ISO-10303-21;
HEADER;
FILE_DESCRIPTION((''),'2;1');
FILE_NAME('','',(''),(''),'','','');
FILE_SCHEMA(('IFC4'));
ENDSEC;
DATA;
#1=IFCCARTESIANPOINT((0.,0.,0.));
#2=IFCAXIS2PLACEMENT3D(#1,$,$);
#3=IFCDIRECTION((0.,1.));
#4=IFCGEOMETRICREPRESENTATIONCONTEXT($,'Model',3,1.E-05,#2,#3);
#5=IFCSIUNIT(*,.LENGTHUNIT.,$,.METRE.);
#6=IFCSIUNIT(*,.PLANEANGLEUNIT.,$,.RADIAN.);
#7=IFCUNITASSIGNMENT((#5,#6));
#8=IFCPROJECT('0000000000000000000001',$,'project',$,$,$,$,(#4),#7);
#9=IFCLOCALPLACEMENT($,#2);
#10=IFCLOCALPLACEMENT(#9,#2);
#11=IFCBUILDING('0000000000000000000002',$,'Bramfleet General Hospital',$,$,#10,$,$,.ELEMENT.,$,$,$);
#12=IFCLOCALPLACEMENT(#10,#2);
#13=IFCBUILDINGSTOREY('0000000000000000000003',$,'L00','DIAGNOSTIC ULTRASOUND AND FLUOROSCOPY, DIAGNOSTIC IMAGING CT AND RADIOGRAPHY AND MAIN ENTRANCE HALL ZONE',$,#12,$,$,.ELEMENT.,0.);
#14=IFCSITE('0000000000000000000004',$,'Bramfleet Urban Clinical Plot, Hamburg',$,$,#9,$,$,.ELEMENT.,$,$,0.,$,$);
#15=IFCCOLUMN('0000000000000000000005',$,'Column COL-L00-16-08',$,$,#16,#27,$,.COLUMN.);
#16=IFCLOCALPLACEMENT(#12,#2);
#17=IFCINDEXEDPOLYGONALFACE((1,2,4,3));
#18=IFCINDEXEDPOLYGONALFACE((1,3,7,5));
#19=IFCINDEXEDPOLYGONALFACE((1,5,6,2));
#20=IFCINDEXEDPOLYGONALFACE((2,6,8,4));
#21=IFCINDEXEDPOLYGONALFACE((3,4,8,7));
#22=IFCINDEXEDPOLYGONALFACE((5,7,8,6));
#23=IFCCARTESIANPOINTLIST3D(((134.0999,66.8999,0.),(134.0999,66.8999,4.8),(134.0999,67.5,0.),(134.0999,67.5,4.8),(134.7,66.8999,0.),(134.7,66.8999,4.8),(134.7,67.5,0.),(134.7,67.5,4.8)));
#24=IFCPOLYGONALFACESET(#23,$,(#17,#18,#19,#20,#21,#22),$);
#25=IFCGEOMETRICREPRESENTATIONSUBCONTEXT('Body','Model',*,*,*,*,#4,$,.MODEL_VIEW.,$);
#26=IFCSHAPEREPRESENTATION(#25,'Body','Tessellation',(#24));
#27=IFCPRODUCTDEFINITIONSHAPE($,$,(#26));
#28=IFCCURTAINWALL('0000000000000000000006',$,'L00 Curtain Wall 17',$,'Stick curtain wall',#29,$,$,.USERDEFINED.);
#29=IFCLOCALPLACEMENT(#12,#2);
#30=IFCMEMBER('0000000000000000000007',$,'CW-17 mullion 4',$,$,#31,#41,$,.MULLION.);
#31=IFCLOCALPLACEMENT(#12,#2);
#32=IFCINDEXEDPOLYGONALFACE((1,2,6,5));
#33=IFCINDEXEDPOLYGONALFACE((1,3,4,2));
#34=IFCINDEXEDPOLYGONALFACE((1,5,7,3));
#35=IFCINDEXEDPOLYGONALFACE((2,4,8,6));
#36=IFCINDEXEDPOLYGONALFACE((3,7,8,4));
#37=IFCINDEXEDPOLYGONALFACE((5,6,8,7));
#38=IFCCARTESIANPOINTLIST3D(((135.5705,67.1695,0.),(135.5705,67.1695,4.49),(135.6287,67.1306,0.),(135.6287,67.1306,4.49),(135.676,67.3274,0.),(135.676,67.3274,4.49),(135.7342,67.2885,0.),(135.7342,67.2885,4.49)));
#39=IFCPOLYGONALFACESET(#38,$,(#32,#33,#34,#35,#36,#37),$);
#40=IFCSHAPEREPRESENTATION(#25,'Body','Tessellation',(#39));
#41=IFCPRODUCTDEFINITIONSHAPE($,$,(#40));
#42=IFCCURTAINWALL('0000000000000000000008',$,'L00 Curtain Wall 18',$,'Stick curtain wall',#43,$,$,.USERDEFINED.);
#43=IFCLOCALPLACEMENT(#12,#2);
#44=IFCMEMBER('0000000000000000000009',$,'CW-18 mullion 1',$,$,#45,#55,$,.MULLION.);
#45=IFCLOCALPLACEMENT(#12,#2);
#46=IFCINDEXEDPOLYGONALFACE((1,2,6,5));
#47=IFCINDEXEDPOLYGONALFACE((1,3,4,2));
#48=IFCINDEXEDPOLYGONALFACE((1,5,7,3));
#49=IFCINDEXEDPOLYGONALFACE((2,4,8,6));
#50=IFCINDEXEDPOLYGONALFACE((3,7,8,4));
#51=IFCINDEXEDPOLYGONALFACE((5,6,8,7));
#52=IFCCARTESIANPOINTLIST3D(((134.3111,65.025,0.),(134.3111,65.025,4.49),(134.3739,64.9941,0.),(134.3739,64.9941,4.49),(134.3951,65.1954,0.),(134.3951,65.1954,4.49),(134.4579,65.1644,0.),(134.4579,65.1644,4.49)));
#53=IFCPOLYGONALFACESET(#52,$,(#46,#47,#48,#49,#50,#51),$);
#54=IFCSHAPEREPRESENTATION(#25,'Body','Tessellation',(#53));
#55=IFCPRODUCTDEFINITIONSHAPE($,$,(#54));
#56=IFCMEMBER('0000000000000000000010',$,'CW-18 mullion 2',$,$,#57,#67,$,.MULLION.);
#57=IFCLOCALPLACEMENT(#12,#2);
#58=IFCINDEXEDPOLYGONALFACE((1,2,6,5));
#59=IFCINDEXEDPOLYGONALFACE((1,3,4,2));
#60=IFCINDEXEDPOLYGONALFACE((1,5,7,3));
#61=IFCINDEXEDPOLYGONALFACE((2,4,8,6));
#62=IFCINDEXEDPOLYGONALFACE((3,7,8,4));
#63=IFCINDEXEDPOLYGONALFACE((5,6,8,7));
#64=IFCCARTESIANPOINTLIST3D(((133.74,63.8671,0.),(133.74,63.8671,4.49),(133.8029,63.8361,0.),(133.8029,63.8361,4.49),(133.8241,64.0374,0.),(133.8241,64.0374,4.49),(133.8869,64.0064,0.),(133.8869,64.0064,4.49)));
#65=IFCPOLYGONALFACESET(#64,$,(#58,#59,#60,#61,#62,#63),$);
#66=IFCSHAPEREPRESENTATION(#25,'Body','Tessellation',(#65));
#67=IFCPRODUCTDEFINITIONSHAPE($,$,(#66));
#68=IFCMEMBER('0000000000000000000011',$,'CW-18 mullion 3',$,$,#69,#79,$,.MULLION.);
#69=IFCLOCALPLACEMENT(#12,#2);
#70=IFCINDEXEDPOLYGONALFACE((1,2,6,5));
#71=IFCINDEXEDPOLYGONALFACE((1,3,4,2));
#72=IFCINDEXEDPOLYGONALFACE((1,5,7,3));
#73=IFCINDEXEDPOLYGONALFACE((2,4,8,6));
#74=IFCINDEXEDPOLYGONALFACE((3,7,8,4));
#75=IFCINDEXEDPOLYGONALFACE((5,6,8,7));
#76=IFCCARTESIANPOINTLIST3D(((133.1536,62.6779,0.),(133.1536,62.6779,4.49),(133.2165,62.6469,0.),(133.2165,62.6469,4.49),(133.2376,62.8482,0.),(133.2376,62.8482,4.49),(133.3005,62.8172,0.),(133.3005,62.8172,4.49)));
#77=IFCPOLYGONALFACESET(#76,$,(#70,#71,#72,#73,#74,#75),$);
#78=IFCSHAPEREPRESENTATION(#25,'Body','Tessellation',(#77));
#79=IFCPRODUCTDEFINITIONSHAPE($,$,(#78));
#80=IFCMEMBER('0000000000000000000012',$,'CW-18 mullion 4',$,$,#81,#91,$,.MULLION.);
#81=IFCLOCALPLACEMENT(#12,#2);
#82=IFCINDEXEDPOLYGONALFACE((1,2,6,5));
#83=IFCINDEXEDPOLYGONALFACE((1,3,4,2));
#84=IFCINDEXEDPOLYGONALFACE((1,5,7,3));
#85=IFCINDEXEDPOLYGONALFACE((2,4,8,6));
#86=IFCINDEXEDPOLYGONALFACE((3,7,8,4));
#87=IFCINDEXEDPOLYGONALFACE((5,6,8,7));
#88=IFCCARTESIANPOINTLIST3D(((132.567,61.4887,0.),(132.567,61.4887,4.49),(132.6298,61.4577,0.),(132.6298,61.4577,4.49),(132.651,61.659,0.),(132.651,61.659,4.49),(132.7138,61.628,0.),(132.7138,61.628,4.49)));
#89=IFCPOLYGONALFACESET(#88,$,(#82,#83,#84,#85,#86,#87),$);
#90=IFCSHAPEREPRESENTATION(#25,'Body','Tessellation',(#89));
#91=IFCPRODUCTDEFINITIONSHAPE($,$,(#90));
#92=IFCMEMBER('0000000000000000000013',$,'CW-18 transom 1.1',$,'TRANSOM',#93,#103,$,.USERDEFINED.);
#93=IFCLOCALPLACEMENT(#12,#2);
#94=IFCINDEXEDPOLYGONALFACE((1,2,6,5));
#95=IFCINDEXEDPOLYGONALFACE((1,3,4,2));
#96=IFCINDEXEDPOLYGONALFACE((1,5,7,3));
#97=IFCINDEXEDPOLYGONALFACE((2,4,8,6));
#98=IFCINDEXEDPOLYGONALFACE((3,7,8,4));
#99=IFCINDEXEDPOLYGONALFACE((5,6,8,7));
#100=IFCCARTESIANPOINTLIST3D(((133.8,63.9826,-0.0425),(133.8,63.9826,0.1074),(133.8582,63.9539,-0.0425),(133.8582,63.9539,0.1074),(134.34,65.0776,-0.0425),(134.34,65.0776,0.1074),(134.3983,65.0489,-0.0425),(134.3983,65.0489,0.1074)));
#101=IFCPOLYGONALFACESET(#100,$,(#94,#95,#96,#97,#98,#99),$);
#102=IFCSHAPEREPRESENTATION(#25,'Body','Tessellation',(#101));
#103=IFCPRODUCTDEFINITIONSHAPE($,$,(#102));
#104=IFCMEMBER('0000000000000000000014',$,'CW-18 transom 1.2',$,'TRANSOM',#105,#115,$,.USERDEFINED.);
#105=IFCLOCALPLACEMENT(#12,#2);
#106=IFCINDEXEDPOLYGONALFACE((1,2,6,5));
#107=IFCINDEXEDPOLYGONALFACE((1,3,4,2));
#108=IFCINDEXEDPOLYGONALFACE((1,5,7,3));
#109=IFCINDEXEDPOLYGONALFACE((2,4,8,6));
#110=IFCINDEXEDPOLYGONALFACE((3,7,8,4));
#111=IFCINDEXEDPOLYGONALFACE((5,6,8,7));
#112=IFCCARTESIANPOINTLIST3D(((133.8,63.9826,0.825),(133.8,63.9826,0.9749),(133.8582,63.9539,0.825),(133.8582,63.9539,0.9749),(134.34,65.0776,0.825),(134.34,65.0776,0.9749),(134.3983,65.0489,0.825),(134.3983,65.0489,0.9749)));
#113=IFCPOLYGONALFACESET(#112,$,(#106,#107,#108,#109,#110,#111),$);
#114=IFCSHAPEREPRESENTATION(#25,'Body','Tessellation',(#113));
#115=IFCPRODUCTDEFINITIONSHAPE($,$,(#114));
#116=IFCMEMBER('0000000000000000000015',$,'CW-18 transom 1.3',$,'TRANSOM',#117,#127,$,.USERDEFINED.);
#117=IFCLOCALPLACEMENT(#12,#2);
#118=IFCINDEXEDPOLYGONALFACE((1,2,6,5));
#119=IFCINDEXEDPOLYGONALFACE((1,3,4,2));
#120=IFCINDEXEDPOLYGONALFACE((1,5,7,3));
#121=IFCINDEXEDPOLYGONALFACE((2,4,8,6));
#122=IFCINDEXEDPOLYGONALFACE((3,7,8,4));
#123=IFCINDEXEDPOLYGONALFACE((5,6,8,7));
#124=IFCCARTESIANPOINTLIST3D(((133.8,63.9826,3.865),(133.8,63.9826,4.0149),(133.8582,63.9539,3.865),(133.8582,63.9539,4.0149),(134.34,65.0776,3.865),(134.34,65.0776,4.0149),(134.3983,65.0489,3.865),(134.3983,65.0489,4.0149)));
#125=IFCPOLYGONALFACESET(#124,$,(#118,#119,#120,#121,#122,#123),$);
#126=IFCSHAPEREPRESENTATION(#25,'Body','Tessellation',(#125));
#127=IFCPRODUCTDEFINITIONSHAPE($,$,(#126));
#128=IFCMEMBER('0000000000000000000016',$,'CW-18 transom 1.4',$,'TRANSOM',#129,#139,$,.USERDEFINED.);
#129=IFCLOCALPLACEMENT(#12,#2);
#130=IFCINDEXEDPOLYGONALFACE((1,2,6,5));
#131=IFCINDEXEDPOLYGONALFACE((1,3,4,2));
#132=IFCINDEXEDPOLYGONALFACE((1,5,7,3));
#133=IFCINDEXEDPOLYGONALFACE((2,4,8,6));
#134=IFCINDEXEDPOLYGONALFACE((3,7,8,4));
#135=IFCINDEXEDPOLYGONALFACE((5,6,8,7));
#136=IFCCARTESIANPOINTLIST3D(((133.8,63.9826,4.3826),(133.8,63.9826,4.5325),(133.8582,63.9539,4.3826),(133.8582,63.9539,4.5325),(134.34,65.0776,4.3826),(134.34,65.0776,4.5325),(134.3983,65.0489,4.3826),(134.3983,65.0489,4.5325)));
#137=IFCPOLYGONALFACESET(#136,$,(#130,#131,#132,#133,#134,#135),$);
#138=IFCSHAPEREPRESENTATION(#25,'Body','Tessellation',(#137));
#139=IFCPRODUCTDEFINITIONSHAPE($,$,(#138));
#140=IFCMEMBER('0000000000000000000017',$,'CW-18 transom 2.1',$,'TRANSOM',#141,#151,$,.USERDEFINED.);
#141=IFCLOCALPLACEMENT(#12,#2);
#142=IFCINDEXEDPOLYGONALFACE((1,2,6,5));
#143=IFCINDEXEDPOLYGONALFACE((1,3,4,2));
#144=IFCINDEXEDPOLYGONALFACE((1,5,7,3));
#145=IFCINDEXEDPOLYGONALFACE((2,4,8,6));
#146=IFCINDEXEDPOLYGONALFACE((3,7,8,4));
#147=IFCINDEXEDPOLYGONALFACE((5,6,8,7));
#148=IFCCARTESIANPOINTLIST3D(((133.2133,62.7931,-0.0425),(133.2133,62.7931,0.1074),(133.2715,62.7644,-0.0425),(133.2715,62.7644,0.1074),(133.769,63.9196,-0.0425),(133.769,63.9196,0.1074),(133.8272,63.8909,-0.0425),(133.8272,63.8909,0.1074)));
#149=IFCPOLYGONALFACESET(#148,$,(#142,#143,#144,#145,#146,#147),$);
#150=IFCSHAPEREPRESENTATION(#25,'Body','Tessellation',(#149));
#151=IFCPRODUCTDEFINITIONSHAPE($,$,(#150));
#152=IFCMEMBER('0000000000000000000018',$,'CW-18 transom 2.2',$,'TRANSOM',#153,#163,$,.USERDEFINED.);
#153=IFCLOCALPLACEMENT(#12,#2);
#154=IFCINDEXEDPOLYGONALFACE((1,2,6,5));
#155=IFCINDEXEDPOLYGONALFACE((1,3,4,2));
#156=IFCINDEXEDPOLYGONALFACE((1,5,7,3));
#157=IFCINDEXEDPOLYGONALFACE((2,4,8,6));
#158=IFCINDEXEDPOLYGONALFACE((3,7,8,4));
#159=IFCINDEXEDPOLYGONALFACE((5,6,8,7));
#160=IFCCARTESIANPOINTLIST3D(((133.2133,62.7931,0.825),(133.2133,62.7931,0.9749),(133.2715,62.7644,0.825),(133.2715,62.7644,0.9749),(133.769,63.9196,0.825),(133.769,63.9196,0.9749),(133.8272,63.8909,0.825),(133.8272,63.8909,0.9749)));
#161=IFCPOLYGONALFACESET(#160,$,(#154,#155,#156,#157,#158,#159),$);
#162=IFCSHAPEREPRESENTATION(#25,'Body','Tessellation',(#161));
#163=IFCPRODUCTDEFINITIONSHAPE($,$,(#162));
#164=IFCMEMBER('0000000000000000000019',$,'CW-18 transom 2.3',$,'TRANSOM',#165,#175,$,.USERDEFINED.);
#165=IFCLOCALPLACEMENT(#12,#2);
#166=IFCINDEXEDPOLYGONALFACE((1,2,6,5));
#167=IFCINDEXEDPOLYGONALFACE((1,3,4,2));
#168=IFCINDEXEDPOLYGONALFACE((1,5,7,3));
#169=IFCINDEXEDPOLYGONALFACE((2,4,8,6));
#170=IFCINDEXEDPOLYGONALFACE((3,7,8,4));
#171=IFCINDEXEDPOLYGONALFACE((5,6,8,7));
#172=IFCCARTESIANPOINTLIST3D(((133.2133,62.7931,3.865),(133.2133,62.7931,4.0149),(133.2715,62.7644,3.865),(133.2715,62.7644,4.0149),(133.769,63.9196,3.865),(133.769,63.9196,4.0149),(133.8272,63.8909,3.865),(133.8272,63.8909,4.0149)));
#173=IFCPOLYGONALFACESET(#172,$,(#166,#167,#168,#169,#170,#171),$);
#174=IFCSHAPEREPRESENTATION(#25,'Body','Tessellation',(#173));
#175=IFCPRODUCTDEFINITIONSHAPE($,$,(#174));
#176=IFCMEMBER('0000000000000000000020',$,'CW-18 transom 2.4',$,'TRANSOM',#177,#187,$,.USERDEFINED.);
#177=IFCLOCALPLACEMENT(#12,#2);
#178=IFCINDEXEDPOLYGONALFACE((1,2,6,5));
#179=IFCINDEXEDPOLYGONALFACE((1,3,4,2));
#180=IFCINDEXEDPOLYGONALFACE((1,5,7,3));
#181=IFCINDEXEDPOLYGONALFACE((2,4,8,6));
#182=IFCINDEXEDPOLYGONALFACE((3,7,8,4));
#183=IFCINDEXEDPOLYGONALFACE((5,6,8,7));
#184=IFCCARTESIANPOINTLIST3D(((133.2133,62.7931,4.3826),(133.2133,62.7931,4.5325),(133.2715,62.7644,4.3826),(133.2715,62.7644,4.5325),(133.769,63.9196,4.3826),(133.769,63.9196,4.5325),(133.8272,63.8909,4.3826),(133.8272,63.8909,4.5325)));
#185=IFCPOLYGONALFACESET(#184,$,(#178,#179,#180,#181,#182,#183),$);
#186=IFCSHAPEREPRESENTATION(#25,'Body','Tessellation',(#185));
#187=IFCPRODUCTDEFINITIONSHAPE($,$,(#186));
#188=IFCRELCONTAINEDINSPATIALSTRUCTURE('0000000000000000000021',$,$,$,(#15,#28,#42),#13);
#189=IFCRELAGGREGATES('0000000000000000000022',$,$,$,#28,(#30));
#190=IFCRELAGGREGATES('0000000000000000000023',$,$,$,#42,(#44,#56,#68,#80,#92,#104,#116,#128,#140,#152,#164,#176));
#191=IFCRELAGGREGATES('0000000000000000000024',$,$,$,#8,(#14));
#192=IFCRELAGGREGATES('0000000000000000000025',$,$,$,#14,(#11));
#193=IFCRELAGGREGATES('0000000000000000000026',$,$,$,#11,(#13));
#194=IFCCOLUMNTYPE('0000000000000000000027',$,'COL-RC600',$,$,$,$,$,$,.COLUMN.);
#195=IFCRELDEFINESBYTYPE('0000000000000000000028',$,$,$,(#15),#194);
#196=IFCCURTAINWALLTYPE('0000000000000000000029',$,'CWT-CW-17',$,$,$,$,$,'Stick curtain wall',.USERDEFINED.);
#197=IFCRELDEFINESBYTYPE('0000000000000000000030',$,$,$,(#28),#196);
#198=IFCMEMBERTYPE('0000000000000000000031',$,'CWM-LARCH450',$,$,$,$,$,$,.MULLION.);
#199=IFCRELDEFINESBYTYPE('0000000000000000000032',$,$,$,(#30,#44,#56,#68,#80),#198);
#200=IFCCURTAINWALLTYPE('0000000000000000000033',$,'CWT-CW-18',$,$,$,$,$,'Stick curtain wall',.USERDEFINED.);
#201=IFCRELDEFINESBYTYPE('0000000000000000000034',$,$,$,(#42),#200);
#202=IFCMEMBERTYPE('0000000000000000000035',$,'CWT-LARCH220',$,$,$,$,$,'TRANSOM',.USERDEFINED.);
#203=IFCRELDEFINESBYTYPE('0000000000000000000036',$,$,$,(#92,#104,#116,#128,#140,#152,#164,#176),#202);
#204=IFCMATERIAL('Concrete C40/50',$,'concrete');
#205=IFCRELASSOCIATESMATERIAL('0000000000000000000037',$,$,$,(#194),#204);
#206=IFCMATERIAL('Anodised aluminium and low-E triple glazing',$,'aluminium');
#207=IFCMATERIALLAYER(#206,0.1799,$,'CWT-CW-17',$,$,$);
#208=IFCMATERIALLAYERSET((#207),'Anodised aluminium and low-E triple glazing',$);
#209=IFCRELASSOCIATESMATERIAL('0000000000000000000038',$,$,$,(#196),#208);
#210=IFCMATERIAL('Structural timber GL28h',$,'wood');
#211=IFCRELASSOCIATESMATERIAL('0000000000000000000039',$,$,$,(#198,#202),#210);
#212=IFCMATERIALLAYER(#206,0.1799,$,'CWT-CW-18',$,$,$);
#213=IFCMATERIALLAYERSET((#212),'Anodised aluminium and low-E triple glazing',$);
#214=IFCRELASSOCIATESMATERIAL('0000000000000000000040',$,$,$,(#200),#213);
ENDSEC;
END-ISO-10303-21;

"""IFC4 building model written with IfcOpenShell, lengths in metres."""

from ifc_helpers import new_model, si_unit, direction, frame, origin, origin_2d, place, context, subcontext, project, spatial, rectangle, extrude, material, layer, layer_set, material_profile, profile_set, type_object, element, aggregate, save


model = new_model("IFC4")

# Units and contexts
model_context = context("Model", 3, precision=1e-05, world=origin(), true_north=direction((0.0, 1.0)))
body_context = subcontext(model_context, "Body", "Model", "MODEL_VIEW")
ifc_project = project(units=[si_unit("LENGTHUNIT", "METRE"), si_unit("PLANEANGLEUNIT", "RADIAN")], contexts=[model_context])

# Site, building, storey
site_placement = place(None, origin())
site = spatial("IfcSite", under=ifc_project, at=site_placement, Name="Bramfleet Urban Clinical Plot, Hamburg", CompositionType="ELEMENT", RefElevation=0.0)
building_placement = place(site_placement, origin())
building = spatial("IfcBuilding", under=site, at=building_placement, Name="Bramfleet General Hospital", CompositionType="ELEMENT")
storey_placement = place(building_placement, origin())
storey = spatial("IfcBuildingStorey", under=building, at=storey_placement, Name="L00", Description="DIAGNOSTIC ULTRASOUND AND FLUOROSCOPY, DIAGNOSTIC IMAGING CT AND RADIOGRAPHY AND MAIN ENTRANCE HALL ZONE", CompositionType="ELEMENT", Elevation=0.0)

# Column
ifc_material_1 = material(Name="Concrete C40/50", Category="concrete")
ifc_material_profile_1 = material_profile(ifc_material_1, rectangle(XDim=0.6001, YDim=0.6001, at=origin_2d()), Name="RC COL 600x600")
ifc_profile_set_1 = profile_set([ifc_material_profile_1], Name="Concrete C40/50")
column_type = type_object("IfcColumnType", Name="COL-RC600", PredefinedType="COLUMN", material=ifc_profile_set_1)
column_placement = place(storey_placement, frame((134.3999, 67.2, 0.0), z_axis=(0.0, 0.0, 1.0), x_axis=(1.0, 0.0, 0.0)))
element("IfcColumn", 1, at=column_placement, inside=storey, type_object=column_type, Name="Column COL-L00-16-08", PredefinedType="COLUMN", context=body_context, shape_type="SweptSolid", body=[
    extrude(rectangle(XDim=0.6001, YDim=0.6001, at=origin_2d()), origin(), (0.0, 0.0, 1.0), 4.8),
])

# Curtain wall, member
ifc_material_2 = material(Name="Anodised aluminium and low-E triple glazing", Category="aluminium")
ifc_layer_1 = layer(ifc_material_2, 0.1799, Name="CWT-CW-17")
ifc_layer_set_1 = layer_set([ifc_layer_1], Name="Anodised aluminium and low-E triple glazing")
curtain_wall_type_1 = type_object("IfcCurtainWallType", Name="CWT-CW-17", ElementType="Stick curtain wall", PredefinedType="USERDEFINED", material=ifc_layer_set_1)
curtain_wall_1_placement = place(storey_placement, origin())
curtain_wall_1 = element("IfcCurtainWall", 2, at=curtain_wall_1_placement, inside=storey, type_object=curtain_wall_type_1, Name="L00 Curtain Wall 17", ObjectType="Stick curtain wall", PredefinedType="USERDEFINED")
ifc_material_3 = material(Name="Structural timber GL28h", Category="wood")
ifc_material_profile_2 = material_profile(ifc_material_3, rectangle(XDim=0.0701, YDim=0.1899, at=origin_2d()), Name="LARCH 190x70")
ifc_profile_set_2 = profile_set([ifc_material_profile_2], Name="Structural timber GL28h")
member_type_1 = type_object("IfcMemberType", Name="CWM-LARCH450", PredefinedType="MULLION", material=ifc_profile_set_2)
member_1_placement = place(storey_placement, frame((135.6523, 67.229, 0.0), z_axis=(0.0, 0.0, 1.0), x_axis=(0.831541, -0.555464, 0.0)))
member_1 = element("IfcMember", 3, at=member_1_placement, type_object=member_type_1, Name="CW-17 mullion 4", PredefinedType="MULLION", context=body_context, shape_type="SweptSolid", body=[
    extrude(rectangle(XDim=0.0701, YDim=0.1899, at=origin_2d()), origin(), (0.0, 0.0, 1.0), 4.49),
])
aggregate(curtain_wall_1, [member_1])

# Curtain wall, members
ifc_layer_2 = layer(ifc_material_2, 0.1799, Name="CWT-CW-18")
ifc_layer_set_2 = layer_set([ifc_layer_2], Name="Anodised aluminium and low-E triple glazing")
curtain_wall_type_2 = type_object("IfcCurtainWallType", Name="CWT-CW-18", ElementType="Stick curtain wall", PredefinedType="USERDEFINED", material=ifc_layer_set_2)
curtain_wall_2_placement = place(storey_placement, origin())
curtain_wall_2 = element("IfcCurtainWall", 4, at=curtain_wall_2_placement, inside=storey, type_object=curtain_wall_type_2, Name="L00 Curtain Wall 18", ObjectType="Stick curtain wall", PredefinedType="USERDEFINED")
member_2_placement = place(storey_placement, frame((134.3845, 65.0947, 0.0), z_axis=(0.0, 0.0, 1.0), x_axis=(0.896865, -0.442305, 0.0)))
member_2 = element("IfcMember", 5, at=member_2_placement, type_object=member_type_1, Name="CW-18 mullion 1", PredefinedType="MULLION", context=body_context, shape_type="SweptSolid", body=[
    extrude(rectangle(XDim=0.0701, YDim=0.1899, at=origin_2d()), origin(), (0.0, 0.0, 1.0), 4.49),
])
member_3_placement = place(storey_placement, frame((133.8135, 63.9368, 0.0), z_axis=(0.0, 0.0, 1.0), x_axis=(0.896865, -0.442305, 0.0)))
member_3 = element("IfcMember", 6, at=member_3_placement, type_object=member_type_1, Name="CW-18 mullion 2", PredefinedType="MULLION", context=body_context, shape_type="SweptSolid", body=[
    extrude(rectangle(XDim=0.0701, YDim=0.1899, at=origin_2d()), origin(), (0.0, 0.0, 1.0), 4.49),
])
member_4_placement = place(storey_placement, frame((133.2271, 62.7476, 0.0), z_axis=(0.0, 0.0, 1.0), x_axis=(0.896865, -0.442305, 0.0)))
member_4 = element("IfcMember", 7, at=member_4_placement, type_object=member_type_1, Name="CW-18 mullion 3", PredefinedType="MULLION", context=body_context, shape_type="SweptSolid", body=[
    extrude(rectangle(XDim=0.0701, YDim=0.1899, at=origin_2d()), origin(), (0.0, 0.0, 1.0), 4.49),
])
member_5_placement = place(storey_placement, frame((132.6404, 61.5583, 0.0), z_axis=(0.0, 0.0, 1.0), x_axis=(0.896865, -0.442305, 0.0)))
member_5 = element("IfcMember", 8, at=member_5_placement, type_object=member_type_1, Name="CW-18 mullion 4", PredefinedType="MULLION", context=body_context, shape_type="SweptSolid", body=[
    extrude(rectangle(XDim=0.0701, YDim=0.1899, at=origin_2d()), origin(), (0.0, 0.0, 1.0), 4.49),
])
ifc_material_profile_3 = material_profile(ifc_material_3, rectangle(XDim=0.0649, YDim=0.1499, at=origin_2d()), Name="LARCH 150x65")
ifc_profile_set_3 = profile_set([ifc_material_profile_3], Name="Structural timber GL28h")
member_type_2 = type_object("IfcMemberType", Name="CWT-LARCH220", ElementType="TRANSOM", PredefinedType="USERDEFINED", material=ifc_profile_set_3)
member_6_placement = place(storey_placement, frame((134.3691, 65.0632, 0.0325), z_axis=(-0.442328, -0.896853, 0.0), x_axis=(0.896853, -0.442328, 0.0)))
member_6 = element("IfcMember", 9, at=member_6_placement, type_object=member_type_2, Name="CW-18 transom 1.1", ObjectType="TRANSOM", PredefinedType="USERDEFINED", context=body_context, shape_type="SweptSolid", body=[
    extrude(rectangle(XDim=0.0649, YDim=0.1499, at=origin_2d()), origin(), (0.0, 0.0, 1.0), 1.2209),
])
member_7_placement = place(storey_placement, frame((134.3691, 65.0632, 0.8999), z_axis=(-0.442328, -0.896853, 0.0), x_axis=(0.896853, -0.442328, 0.0)))
member_7 = element("IfcMember", 10, at=member_7_placement, type_object=member_type_2, Name="CW-18 transom 1.2", ObjectType="TRANSOM", PredefinedType="USERDEFINED", context=body_context, shape_type="SweptSolid", body=[
    extrude(rectangle(XDim=0.0649, YDim=0.1499, at=origin_2d()), origin(), (0.0, 0.0, 1.0), 1.2209),
])
member_8_placement = place(storey_placement, frame((134.3691, 65.0632, 3.9399), z_axis=(-0.442328, -0.896853, 0.0), x_axis=(0.896853, -0.442328, 0.0)))
member_8 = element("IfcMember", 11, at=member_8_placement, type_object=member_type_2, Name="CW-18 transom 1.3", ObjectType="TRANSOM", PredefinedType="USERDEFINED", context=body_context, shape_type="SweptSolid", body=[
    extrude(rectangle(XDim=0.0649, YDim=0.1499, at=origin_2d()), origin(), (0.0, 0.0, 1.0), 1.2209),
])
member_9_placement = place(storey_placement, frame((134.3691, 65.0632, 4.4575), z_axis=(-0.442328, -0.896853, 0.0), x_axis=(0.896853, -0.442328, 0.0)))
member_9 = element("IfcMember", 12, at=member_9_placement, type_object=member_type_2, Name="CW-18 transom 1.4", ObjectType="TRANSOM", PredefinedType="USERDEFINED", context=body_context, shape_type="SweptSolid", body=[
    extrude(rectangle(XDim=0.0649, YDim=0.1499, at=origin_2d()), origin(), (0.0, 0.0, 1.0), 1.2209),
])
member_10_placement = place(storey_placement, frame((133.7981, 63.9053, 0.0325), z_axis=(-0.442387, -0.896824, 0.0), x_axis=(0.896824, -0.442387, 0.0)))
member_10 = element("IfcMember", 13, at=member_10_placement, type_object=member_type_2, Name="CW-18 transom 2.1", ObjectType="TRANSOM", PredefinedType="USERDEFINED", context=body_context, shape_type="SweptSolid", body=[
    extrude(rectangle(XDim=0.0649, YDim=0.1499, at=origin_2d()), origin(), (0.0, 0.0, 1.0), 1.2561),
])
member_11_placement = place(storey_placement, frame((133.7981, 63.9053, 0.8999), z_axis=(-0.442387, -0.896824, 0.0), x_axis=(0.896824, -0.442387, 0.0)))
member_11 = element("IfcMember", 14, at=member_11_placement, type_object=member_type_2, Name="CW-18 transom 2.2", ObjectType="TRANSOM", PredefinedType="USERDEFINED", context=body_context, shape_type="SweptSolid", body=[
    extrude(rectangle(XDim=0.0649, YDim=0.1499, at=origin_2d()), origin(), (0.0, 0.0, 1.0), 1.2561),
])
member_12_placement = place(storey_placement, frame((133.7981, 63.9053, 3.9399), z_axis=(-0.442387, -0.896824, 0.0), x_axis=(0.896824, -0.442387, 0.0)))
member_12 = element("IfcMember", 15, at=member_12_placement, type_object=member_type_2, Name="CW-18 transom 2.3", ObjectType="TRANSOM", PredefinedType="USERDEFINED", context=body_context, shape_type="SweptSolid", body=[
    extrude(rectangle(XDim=0.0649, YDim=0.1499, at=origin_2d()), origin(), (0.0, 0.0, 1.0), 1.2561),
])
member_13_placement = place(storey_placement, frame((133.7981, 63.9053, 4.4575), z_axis=(-0.442387, -0.896824, 0.0), x_axis=(0.896824, -0.442387, 0.0)))
member_13 = element("IfcMember", 16, at=member_13_placement, type_object=member_type_2, Name="CW-18 transom 2.4", ObjectType="TRANSOM", PredefinedType="USERDEFINED", context=body_context, shape_type="SweptSolid", body=[
    extrude(rectangle(XDim=0.0649, YDim=0.1499, at=origin_2d()), origin(), (0.0, 0.0, 1.0), 1.2561),
])
aggregate(curtain_wall_2, [member_2, member_3, member_4, member_5, member_6, member_7, member_8, member_9, member_10, member_11, member_12, member_13])

save(model, "model.ifc")
